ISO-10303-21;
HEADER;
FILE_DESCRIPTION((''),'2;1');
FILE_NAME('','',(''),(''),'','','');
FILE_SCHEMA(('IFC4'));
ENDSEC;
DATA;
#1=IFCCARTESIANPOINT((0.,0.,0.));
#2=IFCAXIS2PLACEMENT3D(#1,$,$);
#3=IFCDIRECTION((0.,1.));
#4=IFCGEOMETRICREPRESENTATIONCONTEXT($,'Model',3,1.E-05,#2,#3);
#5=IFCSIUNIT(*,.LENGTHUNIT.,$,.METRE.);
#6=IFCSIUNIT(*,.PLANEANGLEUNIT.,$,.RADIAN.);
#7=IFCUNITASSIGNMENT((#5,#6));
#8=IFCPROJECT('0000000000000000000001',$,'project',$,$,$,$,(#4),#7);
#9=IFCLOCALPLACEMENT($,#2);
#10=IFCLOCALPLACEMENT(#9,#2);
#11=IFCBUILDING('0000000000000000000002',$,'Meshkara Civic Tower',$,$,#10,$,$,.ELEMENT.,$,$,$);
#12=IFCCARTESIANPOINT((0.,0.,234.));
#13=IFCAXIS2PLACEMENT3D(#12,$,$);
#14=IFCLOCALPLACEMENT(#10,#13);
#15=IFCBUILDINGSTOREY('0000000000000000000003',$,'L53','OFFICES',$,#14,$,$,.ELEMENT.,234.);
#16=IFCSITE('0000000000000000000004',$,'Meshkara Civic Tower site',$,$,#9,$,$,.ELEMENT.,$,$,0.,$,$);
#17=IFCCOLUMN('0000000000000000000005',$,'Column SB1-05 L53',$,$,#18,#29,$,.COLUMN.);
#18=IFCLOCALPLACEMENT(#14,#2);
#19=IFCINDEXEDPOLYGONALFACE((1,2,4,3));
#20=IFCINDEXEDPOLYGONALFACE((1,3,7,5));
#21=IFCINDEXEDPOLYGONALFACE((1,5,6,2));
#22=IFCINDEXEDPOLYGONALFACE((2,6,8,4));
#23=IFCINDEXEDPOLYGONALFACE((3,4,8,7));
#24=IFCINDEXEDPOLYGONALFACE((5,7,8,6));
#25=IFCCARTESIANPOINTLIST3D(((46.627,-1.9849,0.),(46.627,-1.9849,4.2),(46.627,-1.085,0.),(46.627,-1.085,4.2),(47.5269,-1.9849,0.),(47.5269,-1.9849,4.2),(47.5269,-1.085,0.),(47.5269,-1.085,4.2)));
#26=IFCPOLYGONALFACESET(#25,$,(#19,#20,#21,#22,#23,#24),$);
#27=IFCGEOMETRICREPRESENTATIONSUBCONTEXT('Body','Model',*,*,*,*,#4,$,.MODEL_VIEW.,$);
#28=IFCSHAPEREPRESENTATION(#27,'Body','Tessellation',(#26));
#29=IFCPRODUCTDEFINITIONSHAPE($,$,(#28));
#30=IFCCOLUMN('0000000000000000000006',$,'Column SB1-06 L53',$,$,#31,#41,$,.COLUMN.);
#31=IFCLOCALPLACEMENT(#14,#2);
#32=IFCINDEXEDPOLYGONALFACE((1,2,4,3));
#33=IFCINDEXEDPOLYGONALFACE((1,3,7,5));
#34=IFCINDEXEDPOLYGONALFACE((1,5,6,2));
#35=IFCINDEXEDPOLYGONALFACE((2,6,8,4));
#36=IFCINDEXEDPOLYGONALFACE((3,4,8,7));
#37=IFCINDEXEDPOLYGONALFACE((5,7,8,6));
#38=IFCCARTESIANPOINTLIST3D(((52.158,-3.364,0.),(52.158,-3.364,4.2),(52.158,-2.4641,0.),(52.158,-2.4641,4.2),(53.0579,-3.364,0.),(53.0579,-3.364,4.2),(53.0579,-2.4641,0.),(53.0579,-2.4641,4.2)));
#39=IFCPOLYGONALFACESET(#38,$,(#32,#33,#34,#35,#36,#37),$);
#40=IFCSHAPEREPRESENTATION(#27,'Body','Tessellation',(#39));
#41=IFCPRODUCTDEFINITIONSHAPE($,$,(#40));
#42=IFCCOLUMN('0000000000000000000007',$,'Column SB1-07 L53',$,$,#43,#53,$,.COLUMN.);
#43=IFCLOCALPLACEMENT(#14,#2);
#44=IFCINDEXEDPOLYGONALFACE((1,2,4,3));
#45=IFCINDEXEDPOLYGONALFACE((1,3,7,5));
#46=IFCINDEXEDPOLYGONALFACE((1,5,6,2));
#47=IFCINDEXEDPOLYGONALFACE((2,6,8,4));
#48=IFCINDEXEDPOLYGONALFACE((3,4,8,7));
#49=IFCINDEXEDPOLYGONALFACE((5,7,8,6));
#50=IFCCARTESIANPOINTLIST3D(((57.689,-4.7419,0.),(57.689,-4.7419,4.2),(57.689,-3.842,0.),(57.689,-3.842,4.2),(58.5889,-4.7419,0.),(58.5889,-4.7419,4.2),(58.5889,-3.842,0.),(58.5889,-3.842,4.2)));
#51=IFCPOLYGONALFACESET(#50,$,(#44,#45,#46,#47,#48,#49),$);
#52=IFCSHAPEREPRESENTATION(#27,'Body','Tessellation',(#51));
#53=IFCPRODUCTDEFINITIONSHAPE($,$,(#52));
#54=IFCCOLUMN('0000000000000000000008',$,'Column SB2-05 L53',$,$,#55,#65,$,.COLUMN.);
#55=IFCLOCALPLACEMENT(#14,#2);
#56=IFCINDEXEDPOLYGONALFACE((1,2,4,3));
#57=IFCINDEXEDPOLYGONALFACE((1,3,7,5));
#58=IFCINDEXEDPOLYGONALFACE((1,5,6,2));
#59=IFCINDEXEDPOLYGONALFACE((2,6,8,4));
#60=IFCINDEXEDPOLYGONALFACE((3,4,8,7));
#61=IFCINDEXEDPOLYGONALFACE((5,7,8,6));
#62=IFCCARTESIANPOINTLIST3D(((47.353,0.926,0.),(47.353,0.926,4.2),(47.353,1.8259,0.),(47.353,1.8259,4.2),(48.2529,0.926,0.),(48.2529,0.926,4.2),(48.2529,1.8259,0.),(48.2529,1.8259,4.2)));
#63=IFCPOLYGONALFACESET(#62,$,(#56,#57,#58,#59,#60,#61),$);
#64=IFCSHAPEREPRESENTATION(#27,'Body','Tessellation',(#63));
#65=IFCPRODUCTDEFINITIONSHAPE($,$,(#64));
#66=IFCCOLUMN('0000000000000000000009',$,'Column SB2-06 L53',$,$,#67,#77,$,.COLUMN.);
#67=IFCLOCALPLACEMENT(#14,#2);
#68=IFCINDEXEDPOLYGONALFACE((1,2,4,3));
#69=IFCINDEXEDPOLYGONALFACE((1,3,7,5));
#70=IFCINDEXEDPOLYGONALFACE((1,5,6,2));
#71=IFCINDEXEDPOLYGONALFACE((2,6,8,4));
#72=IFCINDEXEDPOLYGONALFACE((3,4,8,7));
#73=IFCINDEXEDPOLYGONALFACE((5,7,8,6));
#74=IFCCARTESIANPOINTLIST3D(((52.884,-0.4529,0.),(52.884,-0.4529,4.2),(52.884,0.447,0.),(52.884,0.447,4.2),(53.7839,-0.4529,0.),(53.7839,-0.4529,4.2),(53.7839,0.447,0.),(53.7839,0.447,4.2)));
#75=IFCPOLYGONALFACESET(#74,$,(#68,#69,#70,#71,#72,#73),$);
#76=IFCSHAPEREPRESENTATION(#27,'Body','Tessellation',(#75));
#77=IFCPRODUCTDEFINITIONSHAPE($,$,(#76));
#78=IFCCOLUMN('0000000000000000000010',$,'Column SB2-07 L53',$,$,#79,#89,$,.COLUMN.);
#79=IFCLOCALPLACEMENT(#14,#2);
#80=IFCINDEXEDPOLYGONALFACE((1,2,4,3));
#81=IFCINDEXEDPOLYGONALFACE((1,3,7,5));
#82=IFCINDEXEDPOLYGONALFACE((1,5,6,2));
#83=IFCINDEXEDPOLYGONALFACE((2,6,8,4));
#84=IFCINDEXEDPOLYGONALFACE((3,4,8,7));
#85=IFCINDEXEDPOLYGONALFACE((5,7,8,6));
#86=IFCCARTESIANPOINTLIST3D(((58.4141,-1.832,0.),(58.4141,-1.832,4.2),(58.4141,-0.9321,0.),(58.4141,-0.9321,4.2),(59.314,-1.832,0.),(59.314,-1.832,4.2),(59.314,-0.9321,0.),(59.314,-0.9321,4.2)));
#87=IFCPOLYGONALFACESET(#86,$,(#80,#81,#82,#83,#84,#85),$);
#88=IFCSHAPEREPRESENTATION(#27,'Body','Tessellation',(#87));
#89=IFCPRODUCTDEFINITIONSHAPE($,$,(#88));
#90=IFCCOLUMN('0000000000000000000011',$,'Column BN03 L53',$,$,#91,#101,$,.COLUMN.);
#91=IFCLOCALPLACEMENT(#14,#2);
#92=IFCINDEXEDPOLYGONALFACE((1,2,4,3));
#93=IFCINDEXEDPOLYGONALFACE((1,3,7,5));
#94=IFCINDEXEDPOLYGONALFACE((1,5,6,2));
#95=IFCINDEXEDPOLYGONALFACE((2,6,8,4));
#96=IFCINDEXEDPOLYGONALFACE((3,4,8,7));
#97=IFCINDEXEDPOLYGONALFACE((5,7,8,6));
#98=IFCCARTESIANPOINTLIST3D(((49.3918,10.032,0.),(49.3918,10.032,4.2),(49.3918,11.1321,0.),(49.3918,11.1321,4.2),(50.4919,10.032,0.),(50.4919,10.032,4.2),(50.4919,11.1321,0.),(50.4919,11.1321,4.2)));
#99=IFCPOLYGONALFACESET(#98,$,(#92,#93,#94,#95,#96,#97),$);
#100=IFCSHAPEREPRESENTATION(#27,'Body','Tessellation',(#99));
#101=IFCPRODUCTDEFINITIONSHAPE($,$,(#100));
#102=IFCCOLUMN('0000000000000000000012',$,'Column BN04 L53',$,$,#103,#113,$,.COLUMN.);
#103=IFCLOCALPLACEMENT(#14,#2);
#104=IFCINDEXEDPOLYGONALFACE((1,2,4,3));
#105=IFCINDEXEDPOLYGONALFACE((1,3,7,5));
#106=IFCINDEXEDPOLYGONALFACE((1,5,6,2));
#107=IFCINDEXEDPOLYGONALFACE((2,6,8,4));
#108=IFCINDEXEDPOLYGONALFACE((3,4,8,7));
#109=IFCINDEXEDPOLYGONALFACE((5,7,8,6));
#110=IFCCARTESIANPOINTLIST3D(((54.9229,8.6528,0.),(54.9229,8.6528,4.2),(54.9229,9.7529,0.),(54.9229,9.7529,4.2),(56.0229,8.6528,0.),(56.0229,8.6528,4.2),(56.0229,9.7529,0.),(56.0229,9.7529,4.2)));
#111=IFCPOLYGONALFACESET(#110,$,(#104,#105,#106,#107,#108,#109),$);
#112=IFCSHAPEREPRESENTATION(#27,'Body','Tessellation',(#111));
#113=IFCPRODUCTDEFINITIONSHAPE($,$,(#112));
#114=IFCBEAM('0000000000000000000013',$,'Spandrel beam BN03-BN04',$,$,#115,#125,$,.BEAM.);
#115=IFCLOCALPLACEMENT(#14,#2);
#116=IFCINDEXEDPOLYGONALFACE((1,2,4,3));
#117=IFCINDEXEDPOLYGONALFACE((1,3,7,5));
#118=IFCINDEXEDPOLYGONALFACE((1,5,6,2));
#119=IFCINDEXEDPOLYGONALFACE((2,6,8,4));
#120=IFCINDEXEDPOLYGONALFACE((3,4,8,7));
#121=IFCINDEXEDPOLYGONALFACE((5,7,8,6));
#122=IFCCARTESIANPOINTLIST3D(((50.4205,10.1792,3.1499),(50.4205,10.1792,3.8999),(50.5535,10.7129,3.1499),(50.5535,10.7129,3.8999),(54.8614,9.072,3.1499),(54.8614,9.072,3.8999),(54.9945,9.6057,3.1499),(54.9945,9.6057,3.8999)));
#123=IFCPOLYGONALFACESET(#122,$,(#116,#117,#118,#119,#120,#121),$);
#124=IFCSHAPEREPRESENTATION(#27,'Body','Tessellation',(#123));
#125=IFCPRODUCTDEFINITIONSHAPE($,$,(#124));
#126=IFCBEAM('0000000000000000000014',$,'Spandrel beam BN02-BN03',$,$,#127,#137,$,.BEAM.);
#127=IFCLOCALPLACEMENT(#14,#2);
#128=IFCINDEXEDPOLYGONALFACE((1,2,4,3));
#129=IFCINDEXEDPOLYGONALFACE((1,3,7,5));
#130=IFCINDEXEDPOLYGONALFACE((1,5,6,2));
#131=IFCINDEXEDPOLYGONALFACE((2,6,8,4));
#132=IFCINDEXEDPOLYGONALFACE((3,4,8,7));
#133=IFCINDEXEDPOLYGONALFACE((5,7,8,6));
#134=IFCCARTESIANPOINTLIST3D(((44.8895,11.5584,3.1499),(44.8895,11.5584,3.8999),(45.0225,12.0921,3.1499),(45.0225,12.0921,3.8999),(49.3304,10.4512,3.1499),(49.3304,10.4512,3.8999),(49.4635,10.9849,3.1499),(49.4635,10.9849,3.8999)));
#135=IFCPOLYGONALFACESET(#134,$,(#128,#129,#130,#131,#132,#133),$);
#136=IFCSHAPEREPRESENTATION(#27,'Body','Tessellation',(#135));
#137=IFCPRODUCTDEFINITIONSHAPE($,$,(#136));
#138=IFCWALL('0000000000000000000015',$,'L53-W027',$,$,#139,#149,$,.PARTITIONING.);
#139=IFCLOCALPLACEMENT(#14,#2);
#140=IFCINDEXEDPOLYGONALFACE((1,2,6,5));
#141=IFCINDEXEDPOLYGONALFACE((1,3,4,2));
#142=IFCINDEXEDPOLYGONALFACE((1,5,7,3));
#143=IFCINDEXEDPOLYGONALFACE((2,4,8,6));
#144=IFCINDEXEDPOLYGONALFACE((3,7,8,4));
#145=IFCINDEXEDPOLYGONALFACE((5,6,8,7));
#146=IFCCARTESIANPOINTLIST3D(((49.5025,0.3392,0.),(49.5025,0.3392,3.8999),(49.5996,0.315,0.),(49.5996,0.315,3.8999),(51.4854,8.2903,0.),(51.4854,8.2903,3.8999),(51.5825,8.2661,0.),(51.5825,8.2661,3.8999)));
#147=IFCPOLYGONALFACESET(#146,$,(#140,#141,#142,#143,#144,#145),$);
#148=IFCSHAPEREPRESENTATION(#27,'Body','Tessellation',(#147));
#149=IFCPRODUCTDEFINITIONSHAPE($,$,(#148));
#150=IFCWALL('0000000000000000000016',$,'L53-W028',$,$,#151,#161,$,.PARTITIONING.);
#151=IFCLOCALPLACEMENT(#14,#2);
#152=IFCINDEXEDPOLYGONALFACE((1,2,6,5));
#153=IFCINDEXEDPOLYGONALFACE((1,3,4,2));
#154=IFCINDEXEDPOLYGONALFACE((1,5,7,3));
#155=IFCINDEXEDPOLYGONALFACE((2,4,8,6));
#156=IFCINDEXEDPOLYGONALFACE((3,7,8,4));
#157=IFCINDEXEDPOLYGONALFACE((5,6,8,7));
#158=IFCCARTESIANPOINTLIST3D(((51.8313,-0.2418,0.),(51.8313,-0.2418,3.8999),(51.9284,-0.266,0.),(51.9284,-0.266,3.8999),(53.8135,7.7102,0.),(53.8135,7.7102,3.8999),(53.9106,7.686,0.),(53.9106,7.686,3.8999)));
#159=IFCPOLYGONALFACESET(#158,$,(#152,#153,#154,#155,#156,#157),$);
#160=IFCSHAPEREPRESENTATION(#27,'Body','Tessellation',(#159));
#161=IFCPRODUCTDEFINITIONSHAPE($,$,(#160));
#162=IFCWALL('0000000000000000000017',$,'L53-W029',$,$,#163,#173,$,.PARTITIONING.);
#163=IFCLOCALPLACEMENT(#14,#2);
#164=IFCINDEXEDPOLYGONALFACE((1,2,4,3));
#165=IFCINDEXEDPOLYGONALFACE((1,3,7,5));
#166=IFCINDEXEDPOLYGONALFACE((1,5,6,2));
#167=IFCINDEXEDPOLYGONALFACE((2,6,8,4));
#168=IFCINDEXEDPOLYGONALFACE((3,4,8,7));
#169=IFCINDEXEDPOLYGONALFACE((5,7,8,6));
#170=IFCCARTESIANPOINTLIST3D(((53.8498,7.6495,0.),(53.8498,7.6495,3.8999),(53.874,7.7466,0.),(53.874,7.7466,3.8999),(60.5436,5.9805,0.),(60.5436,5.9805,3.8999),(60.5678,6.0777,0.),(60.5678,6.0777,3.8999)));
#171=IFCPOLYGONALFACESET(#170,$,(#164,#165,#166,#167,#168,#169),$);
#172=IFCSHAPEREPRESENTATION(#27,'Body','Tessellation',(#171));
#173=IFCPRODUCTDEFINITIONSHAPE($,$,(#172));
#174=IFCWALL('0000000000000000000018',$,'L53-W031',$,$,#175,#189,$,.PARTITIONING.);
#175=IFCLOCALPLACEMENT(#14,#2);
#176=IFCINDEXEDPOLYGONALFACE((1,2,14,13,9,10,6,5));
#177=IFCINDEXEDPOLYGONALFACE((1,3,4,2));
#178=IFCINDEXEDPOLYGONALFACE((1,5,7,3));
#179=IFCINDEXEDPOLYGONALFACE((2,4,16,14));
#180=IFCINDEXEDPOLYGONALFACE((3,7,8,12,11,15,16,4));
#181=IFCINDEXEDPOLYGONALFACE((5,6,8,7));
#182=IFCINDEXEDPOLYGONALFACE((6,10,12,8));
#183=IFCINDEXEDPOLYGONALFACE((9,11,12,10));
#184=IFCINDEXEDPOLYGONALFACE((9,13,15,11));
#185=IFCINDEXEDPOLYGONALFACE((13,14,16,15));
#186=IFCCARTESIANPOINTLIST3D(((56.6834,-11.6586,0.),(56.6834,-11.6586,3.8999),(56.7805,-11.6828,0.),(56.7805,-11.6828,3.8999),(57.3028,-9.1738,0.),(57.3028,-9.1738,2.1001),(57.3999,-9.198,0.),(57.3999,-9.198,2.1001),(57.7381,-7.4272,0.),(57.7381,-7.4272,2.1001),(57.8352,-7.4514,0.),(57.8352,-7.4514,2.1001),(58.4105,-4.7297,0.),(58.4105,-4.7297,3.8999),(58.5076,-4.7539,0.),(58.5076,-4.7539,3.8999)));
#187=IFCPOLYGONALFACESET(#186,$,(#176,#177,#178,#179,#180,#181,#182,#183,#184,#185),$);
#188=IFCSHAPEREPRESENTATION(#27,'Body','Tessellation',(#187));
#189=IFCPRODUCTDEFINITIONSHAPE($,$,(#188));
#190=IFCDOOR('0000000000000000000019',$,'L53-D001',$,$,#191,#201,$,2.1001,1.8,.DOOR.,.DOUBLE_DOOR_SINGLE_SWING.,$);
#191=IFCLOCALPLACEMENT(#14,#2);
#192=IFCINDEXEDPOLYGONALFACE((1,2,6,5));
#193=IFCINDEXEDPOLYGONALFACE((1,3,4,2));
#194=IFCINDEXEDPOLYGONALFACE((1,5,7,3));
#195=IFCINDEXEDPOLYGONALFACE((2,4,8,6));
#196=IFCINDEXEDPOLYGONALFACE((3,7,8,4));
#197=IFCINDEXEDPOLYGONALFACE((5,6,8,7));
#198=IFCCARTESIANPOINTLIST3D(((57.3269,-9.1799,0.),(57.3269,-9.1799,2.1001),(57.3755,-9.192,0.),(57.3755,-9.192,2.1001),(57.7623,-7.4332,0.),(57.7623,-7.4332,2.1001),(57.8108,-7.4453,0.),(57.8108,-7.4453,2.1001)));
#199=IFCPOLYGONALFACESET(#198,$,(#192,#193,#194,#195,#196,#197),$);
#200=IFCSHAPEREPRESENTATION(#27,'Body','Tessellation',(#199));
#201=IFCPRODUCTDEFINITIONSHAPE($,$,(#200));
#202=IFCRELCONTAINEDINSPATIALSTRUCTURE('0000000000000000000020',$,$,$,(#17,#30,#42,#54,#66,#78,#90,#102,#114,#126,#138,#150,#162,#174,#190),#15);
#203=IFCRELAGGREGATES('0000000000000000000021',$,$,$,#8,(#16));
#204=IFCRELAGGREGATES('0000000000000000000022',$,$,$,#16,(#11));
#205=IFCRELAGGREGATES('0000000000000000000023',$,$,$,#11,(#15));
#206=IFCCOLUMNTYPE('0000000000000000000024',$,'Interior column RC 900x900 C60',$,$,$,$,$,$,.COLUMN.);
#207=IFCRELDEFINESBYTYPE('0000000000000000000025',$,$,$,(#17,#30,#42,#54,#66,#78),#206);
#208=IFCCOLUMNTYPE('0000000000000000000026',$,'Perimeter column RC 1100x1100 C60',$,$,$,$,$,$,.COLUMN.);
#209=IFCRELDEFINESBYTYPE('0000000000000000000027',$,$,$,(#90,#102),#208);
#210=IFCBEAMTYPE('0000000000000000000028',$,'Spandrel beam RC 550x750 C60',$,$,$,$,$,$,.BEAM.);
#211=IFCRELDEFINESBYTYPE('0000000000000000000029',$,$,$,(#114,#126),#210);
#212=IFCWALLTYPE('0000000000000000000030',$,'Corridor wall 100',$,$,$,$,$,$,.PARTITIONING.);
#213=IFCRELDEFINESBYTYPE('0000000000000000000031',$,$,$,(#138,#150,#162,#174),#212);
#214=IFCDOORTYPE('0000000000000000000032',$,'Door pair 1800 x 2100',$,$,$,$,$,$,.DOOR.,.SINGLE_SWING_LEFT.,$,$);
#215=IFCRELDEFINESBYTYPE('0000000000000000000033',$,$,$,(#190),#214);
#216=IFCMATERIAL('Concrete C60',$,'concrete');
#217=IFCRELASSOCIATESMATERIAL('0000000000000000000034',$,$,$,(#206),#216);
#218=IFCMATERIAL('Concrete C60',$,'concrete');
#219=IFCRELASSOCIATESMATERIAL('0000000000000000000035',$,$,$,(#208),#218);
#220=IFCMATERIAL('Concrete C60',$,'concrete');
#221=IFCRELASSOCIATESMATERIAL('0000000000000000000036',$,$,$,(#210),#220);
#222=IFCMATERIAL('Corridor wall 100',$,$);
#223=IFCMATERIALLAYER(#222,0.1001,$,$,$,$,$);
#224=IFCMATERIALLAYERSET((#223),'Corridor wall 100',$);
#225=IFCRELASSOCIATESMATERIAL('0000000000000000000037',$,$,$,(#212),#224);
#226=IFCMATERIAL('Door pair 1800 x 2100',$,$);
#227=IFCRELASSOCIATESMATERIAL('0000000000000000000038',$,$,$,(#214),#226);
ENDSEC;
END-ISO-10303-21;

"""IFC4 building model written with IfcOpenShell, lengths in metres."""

from ifc_helpers import new_model, si_unit, direction, frame, frame_2d, origin, origin_2d, place, context, subcontext, project, spatial, rectangle, extrude, material, layer, layer_set, material_profile, profile_set, type_object, element, fill, save


model = new_model("IFC4")

# Units and contexts
model_context = context("Model", 3, precision=1e-05, world=origin(), true_north=direction((0.0, 1.0)))
body_context = subcontext(model_context, "Body", "Model", "MODEL_VIEW")
ifc_project = project(units=[si_unit("LENGTHUNIT", "METRE"), si_unit("PLANEANGLEUNIT", "RADIAN")], contexts=[model_context])

# Site, building, storey
site_placement = place(None, origin())
site = spatial("IfcSite", under=ifc_project, at=site_placement, Name="Meshkara Civic Tower site", CompositionType="ELEMENT", RefElevation=0.0)
building_placement = place(site_placement, origin())
building = spatial("IfcBuilding", under=site, at=building_placement, Name="Meshkara Civic Tower", CompositionType="ELEMENT")
storey_placement = place(building_placement, frame((0.0, 0.0, 234.0)))
storey = spatial("IfcBuildingStorey", under=building, at=storey_placement, Name="L53", Description="OFFICES", CompositionType="ELEMENT", Elevation=234.0)

# Columns
ifc_material_1 = material(Name="Concrete C60", Category="concrete")
ifc_material_profile_1 = material_profile(ifc_material_1, rectangle(XDim=0.8999, YDim=0.8999, at=origin_2d()))
ifc_profile_set_1 = profile_set([ifc_material_profile_1], Name="Concrete C60")
column_type_1 = type_object("IfcColumnType", Name="Interior column RC 900x900 C60", PredefinedType="COLUMN", material=ifc_profile_set_1)
for number, where, z_axis, x_axis, name in (
    (1, (47.0769, -1.5349, 0.0), (0.0, 0.0, 1.0), (1.0, 0.0, 0.0), "Column SB1-05 L53"),
    (2, (52.6079, -2.9141, 0.0), (0.0, 0.0, 1.0), (1.0, 0.0, 0.0), "Column SB1-06 L53"),
    (3, (58.1389, -4.292, 0.0), (0.0, 0.0, 1.0), (1.0, 0.0, 0.0), "Column SB1-07 L53"),
    (4, (47.803, 1.376, 0.0), (0.0, 0.0, 1.0), (1.0, 0.0, 0.0), "Column SB2-05 L53"),
    (5, (53.334, -0.0029, 0.0), (0.0, 0.0, 1.0), (1.0, 0.0, 0.0), "Column SB2-06 L53"),
    (6, (58.864, -1.3821, 0.0), (0.0, 0.0, 1.0), (1.0, 0.0, 0.0), "Column SB2-07 L53"),
):
    element("IfcColumn", number, at=place(storey_placement, frame(where, z_axis=z_axis, x_axis=x_axis)), inside=storey, type_object=column_type_1, Name=name, PredefinedType="COLUMN", context=body_context, shape_type="SweptSolid", body=[
        extrude(rectangle(XDim=0.8999, YDim=0.8999, at=origin_2d()), origin(), (0.0, 0.0, 1.0), 4.2),
    ])
ifc_material_2 = material(Name="Concrete C60", Category="concrete")
ifc_material_profile_2 = material_profile(ifc_material_2, rectangle(XDim=1.1001, YDim=1.1001, at=origin_2d()))
ifc_profile_set_2 = profile_set([ifc_material_profile_2], Name="Concrete C60")
column_type_2 = type_object("IfcColumnType", Name="Perimeter column RC 1100x1100 C60", PredefinedType="COLUMN", material=ifc_profile_set_2)
for number, where, z_axis, x_axis, name in (
    (7, (49.9419, 10.582, 0.0), (0.0, 0.0, 1.0), (1.0, 0.0, 0.0), "Column BN03 L53"),
    (8, (55.4729, 9.2029, 0.0), (0.0, 0.0, 1.0), (1.0, 0.0, 0.0), "Column BN04 L53"),
):
    element("IfcColumn", number, at=place(storey_placement, frame(where, z_axis=z_axis, x_axis=x_axis)), inside=storey, type_object=column_type_2, Name=name, PredefinedType="COLUMN", context=body_context, shape_type="SweptSolid", body=[
        extrude(rectangle(XDim=1.1001, YDim=1.1001, at=origin_2d()), origin(), (0.0, 0.0, 1.0), 4.2),
    ])

# Beams
ifc_material_3 = material(Name="Concrete C60", Category="concrete")
ifc_material_profile_3 = material_profile(ifc_material_3, rectangle(XDim=0.55, YDim=0.75, at=origin_2d()))
ifc_profile_set_3 = profile_set([ifc_material_profile_3], Name="Concrete C60")
beam_type = type_object("IfcBeamType", Name="Spandrel beam RC 550x750 C60", PredefinedType="BEAM", material=ifc_profile_set_3)
for number, where, z_axis, x_axis, name in (
    (9, (54.928, 9.3389, 3.5249), (-0.970299, 0.241908, 0.0), (-0.241908, -0.970299, 0.0), "Spandrel beam BN03-BN04"),
    (10, (49.397, 10.718, 3.5249), (-0.970299, 0.241908, 0.0), (-0.241908, -0.970299, 0.0), "Spandrel beam BN02-BN03"),
):
    element("IfcBeam", number, at=place(storey_placement, frame(where, z_axis=z_axis, x_axis=x_axis)), inside=storey, type_object=beam_type, Name=name, PredefinedType="BEAM", context=body_context, shape_type="SweptSolid", body=[
        extrude(rectangle(XDim=0.55, YDim=0.75, at=origin_2d()), origin(), (0.0, 0.0, 1.0), 4.5769),
    ])

# Walls
ifc_material_4 = material(Name="Corridor wall 100")
ifc_layer_1 = layer(ifc_material_4, 0.1001)
ifc_layer_set_1 = layer_set([ifc_layer_1], Name="Corridor wall 100")
wall_type_1 = type_object("IfcWallType", Name="Corridor wall 100", PredefinedType="PARTITIONING", material=ifc_layer_set_1)
wall_1_placement = place(storey_placement, frame((51.5339, 8.2781, 0.0), z_axis=(0.0, 0.0, 1.0), x_axis=(-0.241975, -0.970283, 0.0)))
element("IfcWall", 11, at=wall_1_placement, inside=storey, type_object=wall_type_1, Name="L53-W027", PredefinedType="PARTITIONING", context=body_context, shape_type="SweptSolid", body=[
    extrude(rectangle(XDim=8.1946, YDim=0.1001, at=frame_2d((4.0972, 0.0))), origin(), (0.0, 0.0, 1.0), 3.8999),
])
wall_2_placement = place(storey_placement, frame((51.8799, -0.2539, 0.0), z_axis=(0.0, 0.0, 1.0), x_axis=(0.24187, 0.970309, 0.0)))
element("IfcWall", 12, at=wall_2_placement, inside=storey, type_object=wall_type_1, Name="L53-W028", PredefinedType="PARTITIONING", context=body_context, shape_type="SweptSolid", body=[
    extrude(rectangle(XDim=8.1953, YDim=0.1001, at=frame_2d((4.0977, 0.0))), origin(), (0.0, 0.0, 1.0), 3.8999),
])
wall_3_placement = place(storey_placement, frame((53.8621, 7.698, 0.0), z_axis=(0.0, 0.0, 1.0), x_axis=(0.970296, -0.241919, 0.0)))
element("IfcWall", 13, at=wall_3_placement, inside=storey, type_object=wall_type_1, Name="L53-W029", PredefinedType="PARTITIONING", context=body_context, shape_type="SweptSolid", body=[
    extrude(rectangle(XDim=6.8987, YDim=0.1001, at=frame_2d((3.4492, 0.0))), origin(), (0.0, 0.0, 1.0), 3.8999),
])

# Wall, opening, door
wall_4_placement = place(storey_placement, frame((58.459, -4.7419, 0.0), z_axis=(0.0, 0.0, 1.0), x_axis=(-0.241852, -0.970313, 0.0)))
wall_4 = element("IfcWall", 14, at=wall_4_placement, inside=storey, type_object=wall_type_1, Name="L53-W031", PredefinedType="PARTITIONING", context=body_context, shape_type="SweptSolid", body=[
    extrude(rectangle(XDim=7.1409, YDim=0.1001, at=frame_2d((3.5703, 0.0))), origin(), (0.0, 0.0, 1.0), 3.8999),
])
opening_1_placement = place(wall_4_placement, frame((2.78, 0.0, 0.0)))
opening_1 = element("IfcOpeningElement", 15, at=opening_1_placement, cuts=wall_4, PredefinedType="OPENING", context=body_context, shape_type="SweptSolid", body=[
    extrude(rectangle(XDim=1.8, YDim=2.1001, at=frame_2d((0.8999, 1.05))), frame((0.0, 0.0601, 0.0), z_axis=(0.0, -1.0, 0.0), x_axis=(1.0, 0.0, 0.0)), (0.0, 0.0, 1.0), 0.1201),
])
ifc_material_5 = material(Name="Door pair 1800 x 2100")
door_type_1 = type_object("IfcDoorType", Name="Door pair 1800 x 2100", OperationType="SINGLE_SWING_LEFT", PredefinedType="DOOR", material=ifc_material_5)
door_1_placement = place(opening_1_placement, origin())
door_1 = element("IfcDoor", 16, at=door_1_placement, inside=storey, type_object=door_type_1, Name="L53-D001", OperationType="DOUBLE_DOOR_SINGLE_SWING", OverallHeight=2.1001, OverallWidth=1.8, PredefinedType="DOOR", context=body_context, shape_type="SweptSolid", body=[
    extrude(rectangle(XDim=1.8, YDim=2.1001, at=frame_2d((0.8999, 1.05))), frame((0.0, 0.0249, 0.0), z_axis=(0.0, -1.0, 0.0), x_axis=(1.0, 0.0, 0.0)), (0.0, 0.0, 1.0), 0.05),
])
fill(opening_1, door_1)

save(model, "model.ifc")
